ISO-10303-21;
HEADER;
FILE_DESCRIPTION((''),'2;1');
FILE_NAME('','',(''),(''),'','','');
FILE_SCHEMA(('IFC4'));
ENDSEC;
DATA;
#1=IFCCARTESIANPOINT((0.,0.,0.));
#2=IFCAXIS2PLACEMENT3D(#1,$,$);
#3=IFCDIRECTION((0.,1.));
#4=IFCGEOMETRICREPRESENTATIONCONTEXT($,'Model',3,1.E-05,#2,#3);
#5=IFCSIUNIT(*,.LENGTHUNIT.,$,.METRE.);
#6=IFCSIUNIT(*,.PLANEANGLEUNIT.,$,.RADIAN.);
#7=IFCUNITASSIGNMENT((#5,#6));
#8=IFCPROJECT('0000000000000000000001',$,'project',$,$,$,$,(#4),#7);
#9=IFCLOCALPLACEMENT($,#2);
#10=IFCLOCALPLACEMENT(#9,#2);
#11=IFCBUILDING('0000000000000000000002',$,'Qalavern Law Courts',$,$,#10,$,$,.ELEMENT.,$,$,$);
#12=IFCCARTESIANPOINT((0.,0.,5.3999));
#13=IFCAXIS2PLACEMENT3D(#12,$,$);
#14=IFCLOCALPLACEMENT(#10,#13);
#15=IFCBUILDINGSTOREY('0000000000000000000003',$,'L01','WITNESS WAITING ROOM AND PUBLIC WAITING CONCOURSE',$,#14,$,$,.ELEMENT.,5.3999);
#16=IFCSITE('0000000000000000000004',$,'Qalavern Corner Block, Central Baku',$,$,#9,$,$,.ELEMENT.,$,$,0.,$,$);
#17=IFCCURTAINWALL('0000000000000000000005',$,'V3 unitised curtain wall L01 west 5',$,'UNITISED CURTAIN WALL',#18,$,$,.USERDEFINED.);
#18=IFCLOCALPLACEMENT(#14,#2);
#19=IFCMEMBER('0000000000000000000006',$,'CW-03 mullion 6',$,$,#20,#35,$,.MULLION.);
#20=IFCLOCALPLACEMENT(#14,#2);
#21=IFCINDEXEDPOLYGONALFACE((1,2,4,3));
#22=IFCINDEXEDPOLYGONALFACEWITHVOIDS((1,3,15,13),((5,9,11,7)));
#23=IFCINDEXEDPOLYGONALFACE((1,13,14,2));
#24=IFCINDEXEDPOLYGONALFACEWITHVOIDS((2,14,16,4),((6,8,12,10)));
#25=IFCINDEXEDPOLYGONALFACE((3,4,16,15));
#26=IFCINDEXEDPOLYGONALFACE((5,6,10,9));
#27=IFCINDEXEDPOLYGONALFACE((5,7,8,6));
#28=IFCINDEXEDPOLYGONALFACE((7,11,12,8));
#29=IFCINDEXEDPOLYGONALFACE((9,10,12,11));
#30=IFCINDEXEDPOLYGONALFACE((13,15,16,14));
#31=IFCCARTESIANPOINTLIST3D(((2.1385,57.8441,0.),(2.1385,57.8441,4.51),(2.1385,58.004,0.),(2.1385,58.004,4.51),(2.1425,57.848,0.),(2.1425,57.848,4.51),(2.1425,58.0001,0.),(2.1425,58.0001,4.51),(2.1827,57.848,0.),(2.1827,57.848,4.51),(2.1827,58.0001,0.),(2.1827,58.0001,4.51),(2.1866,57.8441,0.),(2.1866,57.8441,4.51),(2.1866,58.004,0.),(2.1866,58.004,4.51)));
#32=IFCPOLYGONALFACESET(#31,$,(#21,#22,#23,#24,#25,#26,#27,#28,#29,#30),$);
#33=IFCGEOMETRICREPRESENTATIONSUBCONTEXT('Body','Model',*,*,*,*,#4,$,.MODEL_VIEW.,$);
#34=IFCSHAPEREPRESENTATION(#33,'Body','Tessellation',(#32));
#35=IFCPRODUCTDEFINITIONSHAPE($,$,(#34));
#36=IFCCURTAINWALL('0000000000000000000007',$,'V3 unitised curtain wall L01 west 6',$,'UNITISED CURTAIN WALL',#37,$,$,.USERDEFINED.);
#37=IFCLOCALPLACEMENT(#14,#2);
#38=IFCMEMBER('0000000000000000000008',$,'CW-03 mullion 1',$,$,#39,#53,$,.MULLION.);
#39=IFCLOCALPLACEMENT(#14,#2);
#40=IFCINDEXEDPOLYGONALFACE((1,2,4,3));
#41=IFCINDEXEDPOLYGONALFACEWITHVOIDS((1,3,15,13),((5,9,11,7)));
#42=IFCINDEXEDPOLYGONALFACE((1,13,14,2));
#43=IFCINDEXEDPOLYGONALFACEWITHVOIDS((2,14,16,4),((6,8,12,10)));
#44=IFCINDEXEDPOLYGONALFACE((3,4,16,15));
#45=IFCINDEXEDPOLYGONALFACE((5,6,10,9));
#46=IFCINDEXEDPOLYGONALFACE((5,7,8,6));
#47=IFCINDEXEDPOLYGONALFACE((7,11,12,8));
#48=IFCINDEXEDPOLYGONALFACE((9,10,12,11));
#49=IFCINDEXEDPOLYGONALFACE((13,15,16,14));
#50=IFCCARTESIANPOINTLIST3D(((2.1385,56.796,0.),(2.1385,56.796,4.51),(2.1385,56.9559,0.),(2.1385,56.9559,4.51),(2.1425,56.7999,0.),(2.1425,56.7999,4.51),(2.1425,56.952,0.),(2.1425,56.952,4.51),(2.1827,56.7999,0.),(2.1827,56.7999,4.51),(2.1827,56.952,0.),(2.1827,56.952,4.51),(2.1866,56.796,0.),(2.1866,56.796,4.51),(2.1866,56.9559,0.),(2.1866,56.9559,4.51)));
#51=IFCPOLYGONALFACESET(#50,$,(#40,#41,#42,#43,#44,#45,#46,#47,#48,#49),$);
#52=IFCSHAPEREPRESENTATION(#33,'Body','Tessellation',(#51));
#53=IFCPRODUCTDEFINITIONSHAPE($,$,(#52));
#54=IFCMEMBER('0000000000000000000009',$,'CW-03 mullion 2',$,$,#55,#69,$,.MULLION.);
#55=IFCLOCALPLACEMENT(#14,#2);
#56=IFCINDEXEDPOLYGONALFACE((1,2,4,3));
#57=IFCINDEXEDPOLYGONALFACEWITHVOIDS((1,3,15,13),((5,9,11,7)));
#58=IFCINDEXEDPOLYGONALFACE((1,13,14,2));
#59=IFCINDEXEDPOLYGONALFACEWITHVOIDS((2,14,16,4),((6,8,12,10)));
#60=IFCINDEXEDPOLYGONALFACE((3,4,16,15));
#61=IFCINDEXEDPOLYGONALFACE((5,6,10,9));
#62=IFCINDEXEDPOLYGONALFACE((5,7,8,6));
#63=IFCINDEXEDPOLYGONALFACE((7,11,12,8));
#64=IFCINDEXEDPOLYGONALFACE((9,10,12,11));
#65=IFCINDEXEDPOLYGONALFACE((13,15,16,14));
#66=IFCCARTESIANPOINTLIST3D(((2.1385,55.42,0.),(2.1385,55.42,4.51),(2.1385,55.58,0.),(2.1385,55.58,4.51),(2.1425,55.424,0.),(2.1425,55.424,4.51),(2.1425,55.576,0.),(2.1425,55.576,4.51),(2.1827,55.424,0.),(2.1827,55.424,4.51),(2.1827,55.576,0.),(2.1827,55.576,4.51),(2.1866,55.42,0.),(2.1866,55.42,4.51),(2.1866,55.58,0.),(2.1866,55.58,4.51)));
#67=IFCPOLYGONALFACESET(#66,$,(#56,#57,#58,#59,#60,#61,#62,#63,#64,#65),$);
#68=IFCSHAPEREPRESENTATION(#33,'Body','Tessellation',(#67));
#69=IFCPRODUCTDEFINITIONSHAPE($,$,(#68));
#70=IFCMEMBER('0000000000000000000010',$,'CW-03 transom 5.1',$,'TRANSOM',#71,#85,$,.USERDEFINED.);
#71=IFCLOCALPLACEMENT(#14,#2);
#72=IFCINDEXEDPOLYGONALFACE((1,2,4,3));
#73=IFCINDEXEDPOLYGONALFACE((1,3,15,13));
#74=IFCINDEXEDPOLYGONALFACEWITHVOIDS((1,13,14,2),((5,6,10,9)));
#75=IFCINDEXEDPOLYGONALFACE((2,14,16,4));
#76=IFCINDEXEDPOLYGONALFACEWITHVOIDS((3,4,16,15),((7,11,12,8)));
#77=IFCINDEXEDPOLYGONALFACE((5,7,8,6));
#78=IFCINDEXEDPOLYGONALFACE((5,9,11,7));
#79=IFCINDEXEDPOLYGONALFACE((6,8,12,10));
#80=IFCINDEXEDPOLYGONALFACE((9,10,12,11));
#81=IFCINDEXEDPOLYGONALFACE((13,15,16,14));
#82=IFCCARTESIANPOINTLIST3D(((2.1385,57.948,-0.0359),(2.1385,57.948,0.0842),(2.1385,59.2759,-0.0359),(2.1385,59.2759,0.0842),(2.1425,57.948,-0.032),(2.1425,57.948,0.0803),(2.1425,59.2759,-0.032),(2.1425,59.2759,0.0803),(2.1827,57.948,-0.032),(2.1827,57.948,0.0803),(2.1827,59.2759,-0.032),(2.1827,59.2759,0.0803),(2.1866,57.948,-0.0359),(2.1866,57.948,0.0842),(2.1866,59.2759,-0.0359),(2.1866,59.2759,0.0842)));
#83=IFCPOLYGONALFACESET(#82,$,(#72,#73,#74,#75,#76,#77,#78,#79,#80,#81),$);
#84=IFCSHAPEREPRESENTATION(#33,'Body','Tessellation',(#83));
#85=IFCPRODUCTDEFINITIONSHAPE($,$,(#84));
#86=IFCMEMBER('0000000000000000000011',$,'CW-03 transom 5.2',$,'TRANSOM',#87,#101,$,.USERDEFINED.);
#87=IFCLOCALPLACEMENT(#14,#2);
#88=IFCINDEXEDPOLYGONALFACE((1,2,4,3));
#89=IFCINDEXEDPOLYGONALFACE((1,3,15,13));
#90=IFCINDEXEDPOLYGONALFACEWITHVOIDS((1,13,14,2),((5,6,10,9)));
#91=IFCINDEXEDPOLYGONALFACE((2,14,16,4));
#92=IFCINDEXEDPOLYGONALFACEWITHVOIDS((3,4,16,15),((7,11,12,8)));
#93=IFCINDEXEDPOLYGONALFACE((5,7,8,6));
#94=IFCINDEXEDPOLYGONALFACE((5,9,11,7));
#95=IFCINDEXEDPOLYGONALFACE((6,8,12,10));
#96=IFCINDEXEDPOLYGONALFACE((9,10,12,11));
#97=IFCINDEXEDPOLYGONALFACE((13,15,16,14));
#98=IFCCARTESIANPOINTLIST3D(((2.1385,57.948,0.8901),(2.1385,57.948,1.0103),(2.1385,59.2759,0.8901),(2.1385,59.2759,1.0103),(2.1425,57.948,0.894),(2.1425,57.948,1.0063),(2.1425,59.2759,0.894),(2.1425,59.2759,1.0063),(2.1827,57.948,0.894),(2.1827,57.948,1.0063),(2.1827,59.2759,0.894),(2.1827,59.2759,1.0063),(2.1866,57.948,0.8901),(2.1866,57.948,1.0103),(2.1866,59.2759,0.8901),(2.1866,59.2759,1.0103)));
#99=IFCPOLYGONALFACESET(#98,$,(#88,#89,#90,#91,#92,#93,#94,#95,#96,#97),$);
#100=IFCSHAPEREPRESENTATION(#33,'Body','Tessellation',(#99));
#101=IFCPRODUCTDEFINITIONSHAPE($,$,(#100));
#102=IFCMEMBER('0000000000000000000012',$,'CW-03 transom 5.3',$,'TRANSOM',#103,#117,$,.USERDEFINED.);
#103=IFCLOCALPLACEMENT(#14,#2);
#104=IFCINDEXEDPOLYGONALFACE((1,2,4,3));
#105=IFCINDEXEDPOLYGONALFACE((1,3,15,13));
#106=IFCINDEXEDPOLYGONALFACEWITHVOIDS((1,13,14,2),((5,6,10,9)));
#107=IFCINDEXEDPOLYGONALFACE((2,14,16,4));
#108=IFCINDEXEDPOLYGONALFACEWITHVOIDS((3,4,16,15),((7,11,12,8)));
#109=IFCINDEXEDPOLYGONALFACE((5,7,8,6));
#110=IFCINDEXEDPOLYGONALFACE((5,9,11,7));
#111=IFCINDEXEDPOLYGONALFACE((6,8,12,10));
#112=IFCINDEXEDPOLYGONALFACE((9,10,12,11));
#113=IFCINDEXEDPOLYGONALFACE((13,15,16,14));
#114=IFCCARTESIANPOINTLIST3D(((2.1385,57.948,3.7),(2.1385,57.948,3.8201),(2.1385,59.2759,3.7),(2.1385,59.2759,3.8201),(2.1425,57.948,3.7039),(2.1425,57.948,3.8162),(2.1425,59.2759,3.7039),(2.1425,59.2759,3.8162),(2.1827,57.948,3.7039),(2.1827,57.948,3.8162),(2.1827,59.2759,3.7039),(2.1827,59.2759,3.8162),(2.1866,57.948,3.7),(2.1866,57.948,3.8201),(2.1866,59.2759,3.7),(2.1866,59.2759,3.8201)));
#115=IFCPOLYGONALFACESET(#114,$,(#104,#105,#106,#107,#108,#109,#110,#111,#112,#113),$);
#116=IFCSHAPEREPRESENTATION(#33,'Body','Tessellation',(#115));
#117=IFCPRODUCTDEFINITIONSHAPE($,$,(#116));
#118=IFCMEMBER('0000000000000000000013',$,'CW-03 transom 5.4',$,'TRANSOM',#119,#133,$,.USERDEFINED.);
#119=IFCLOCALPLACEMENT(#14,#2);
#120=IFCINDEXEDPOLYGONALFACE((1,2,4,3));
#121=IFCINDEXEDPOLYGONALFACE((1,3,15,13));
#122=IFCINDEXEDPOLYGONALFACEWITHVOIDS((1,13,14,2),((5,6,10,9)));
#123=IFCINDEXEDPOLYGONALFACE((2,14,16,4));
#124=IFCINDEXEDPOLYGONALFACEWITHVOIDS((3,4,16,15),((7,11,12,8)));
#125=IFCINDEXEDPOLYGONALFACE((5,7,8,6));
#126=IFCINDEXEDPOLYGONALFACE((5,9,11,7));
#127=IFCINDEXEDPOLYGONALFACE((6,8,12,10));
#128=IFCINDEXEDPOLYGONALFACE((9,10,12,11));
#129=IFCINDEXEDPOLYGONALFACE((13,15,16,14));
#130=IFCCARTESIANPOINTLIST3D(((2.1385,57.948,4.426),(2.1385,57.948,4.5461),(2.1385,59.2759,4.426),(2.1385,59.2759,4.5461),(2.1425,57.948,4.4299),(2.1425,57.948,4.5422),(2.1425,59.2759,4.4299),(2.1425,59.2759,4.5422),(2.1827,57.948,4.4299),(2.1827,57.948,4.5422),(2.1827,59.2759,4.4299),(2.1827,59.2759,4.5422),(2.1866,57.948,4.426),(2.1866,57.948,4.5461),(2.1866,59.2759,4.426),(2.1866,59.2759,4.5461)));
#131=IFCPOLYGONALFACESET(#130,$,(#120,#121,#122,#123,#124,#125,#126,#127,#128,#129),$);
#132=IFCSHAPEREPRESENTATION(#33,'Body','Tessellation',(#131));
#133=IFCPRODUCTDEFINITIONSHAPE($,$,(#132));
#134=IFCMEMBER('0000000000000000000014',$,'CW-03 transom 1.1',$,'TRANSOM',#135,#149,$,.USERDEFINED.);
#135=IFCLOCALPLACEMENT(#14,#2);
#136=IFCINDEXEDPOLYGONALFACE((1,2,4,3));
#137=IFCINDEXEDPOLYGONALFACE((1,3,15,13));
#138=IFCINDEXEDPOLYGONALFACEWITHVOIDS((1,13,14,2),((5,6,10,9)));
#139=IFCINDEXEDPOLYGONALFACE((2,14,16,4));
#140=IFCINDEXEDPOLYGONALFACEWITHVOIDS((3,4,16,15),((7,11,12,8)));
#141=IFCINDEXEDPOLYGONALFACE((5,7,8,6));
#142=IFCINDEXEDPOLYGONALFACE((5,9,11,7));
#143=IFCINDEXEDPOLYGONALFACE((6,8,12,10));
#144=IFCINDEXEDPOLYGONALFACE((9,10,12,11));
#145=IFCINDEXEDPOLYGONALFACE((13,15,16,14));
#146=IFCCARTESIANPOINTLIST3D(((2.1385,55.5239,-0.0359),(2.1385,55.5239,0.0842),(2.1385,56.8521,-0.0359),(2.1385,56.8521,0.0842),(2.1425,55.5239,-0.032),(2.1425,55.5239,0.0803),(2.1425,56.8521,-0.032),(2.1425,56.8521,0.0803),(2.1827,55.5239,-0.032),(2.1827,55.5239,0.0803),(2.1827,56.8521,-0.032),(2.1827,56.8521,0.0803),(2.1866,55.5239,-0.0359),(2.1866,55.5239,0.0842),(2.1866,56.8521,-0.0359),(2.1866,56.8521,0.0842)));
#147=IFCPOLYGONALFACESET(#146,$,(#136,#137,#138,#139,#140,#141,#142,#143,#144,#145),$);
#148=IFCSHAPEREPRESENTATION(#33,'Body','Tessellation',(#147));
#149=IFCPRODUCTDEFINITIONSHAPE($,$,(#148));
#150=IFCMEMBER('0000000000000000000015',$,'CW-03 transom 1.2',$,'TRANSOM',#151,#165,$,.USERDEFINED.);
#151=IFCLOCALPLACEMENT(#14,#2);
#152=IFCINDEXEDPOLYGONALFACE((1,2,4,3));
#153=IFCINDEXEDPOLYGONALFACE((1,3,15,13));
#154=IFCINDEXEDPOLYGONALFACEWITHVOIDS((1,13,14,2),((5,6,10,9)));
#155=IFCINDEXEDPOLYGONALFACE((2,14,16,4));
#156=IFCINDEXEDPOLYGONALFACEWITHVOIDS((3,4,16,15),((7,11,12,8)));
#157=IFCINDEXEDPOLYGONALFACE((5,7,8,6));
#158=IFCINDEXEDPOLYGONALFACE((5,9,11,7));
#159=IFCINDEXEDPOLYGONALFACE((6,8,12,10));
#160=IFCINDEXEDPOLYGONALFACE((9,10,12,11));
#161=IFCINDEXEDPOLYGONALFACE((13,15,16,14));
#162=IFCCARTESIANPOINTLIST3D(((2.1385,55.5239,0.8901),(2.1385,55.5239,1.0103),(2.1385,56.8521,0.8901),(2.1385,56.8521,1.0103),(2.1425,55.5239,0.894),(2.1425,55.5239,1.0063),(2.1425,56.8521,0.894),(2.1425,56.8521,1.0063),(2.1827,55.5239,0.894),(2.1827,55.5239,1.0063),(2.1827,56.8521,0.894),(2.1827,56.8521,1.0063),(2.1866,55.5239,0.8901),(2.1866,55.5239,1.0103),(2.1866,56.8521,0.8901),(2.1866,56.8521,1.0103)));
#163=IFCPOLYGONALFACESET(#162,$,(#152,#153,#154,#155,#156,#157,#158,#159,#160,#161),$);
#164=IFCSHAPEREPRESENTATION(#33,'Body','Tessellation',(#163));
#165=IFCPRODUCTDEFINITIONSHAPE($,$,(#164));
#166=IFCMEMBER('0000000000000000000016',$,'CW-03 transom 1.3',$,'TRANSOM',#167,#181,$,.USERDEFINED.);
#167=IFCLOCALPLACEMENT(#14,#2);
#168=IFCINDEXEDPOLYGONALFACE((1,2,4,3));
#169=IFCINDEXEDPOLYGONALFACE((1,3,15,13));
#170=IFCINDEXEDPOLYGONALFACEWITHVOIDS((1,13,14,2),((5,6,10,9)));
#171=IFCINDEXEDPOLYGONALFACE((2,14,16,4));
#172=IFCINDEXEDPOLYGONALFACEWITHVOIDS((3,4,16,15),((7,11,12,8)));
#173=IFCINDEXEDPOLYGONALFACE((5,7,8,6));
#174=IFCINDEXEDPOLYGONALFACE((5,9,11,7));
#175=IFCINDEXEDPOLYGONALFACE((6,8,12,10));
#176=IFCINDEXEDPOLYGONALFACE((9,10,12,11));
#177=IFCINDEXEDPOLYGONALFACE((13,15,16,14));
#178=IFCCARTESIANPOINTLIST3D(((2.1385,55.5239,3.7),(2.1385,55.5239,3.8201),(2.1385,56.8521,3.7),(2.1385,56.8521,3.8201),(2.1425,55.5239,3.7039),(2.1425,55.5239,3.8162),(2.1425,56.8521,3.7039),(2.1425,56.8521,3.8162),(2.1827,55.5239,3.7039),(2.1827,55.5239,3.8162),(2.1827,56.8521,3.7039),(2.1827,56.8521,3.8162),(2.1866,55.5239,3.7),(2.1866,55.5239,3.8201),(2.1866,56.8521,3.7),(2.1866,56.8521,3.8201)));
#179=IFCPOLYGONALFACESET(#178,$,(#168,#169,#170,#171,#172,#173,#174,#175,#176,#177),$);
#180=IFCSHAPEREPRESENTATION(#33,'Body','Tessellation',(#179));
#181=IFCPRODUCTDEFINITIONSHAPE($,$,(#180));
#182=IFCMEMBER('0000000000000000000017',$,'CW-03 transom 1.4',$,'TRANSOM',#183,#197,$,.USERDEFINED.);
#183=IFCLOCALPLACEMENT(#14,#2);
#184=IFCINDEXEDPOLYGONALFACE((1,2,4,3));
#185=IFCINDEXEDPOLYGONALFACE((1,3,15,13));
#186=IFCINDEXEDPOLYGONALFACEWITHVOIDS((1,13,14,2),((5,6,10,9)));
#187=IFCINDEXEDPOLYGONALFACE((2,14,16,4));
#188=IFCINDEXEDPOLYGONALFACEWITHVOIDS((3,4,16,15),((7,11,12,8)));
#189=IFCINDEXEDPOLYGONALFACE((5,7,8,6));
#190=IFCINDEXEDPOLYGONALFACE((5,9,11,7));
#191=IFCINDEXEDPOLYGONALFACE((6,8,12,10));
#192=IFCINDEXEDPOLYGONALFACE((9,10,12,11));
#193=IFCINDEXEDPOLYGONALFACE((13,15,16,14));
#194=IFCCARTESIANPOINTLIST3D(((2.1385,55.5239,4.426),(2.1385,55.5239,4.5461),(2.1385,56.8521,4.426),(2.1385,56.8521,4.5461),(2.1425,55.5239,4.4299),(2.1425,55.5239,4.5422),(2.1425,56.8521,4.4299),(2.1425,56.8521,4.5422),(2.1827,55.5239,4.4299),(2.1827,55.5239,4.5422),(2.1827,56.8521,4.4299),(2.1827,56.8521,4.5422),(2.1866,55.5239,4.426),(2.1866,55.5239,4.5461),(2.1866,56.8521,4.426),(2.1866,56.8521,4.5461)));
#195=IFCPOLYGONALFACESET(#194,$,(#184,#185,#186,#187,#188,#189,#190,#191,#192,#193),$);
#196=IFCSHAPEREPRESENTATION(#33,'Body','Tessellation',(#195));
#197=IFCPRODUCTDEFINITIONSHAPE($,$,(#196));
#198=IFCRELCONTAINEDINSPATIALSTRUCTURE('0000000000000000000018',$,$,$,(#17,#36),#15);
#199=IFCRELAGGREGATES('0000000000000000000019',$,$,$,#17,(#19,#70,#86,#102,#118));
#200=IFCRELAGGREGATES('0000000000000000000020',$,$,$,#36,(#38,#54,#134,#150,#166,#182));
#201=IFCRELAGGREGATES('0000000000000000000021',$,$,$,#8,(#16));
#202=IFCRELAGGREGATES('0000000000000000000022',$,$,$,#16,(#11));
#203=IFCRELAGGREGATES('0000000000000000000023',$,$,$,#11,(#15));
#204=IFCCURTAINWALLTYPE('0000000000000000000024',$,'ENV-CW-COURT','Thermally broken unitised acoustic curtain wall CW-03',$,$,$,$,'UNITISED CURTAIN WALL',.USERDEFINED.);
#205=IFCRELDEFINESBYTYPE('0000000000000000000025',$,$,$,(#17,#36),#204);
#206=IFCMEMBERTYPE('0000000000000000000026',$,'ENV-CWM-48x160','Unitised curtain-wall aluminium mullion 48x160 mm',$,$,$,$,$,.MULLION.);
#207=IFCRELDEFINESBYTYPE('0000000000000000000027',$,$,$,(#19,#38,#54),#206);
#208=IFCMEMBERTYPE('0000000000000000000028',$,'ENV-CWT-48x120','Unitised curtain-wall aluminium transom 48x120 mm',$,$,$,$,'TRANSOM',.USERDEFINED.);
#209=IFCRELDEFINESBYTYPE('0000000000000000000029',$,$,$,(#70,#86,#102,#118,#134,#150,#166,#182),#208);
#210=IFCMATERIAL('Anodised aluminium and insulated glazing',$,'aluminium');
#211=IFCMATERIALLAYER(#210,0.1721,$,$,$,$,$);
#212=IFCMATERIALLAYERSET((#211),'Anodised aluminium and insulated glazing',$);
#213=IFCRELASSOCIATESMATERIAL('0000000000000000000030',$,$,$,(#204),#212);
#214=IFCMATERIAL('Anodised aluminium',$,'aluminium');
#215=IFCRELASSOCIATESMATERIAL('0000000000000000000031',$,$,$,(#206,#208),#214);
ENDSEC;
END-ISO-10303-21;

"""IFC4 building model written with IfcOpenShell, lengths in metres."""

from ifc_helpers import new_model, si_unit, direction, frame, origin, origin_2d, place, context, subcontext, project, spatial, hollow_rectangle, extrude, material, layer, layer_set, material_profile, profile_set, type_object, element, aggregate, save


model = new_model("IFC4")

# Units and contexts
model_context = context("Model", 3, precision=1e-05, world=origin(), true_north=direction((0.0, 1.0)))
body_context = subcontext(model_context, "Body", "Model", "MODEL_VIEW")
ifc_project = project(units=[si_unit("LENGTHUNIT", "METRE"), si_unit("PLANEANGLEUNIT", "RADIAN")], contexts=[model_context])

# Site, building, storey
site_placement = place(None, origin())
site = spatial("IfcSite", under=ifc_project, at=site_placement, Name="Qalavern Corner Block, Central Baku", CompositionType="ELEMENT", RefElevation=0.0)
building_placement = place(site_placement, origin())
building = spatial("IfcBuilding", under=site, at=building_placement, Name="Qalavern Law Courts", CompositionType="ELEMENT")
storey_placement = place(building_placement, frame((0.0, 0.0, 5.3999)))
storey = spatial("IfcBuildingStorey", under=building, at=storey_placement, Name="L01", Description="WITNESS WAITING ROOM AND PUBLIC WAITING CONCOURSE", CompositionType="ELEMENT", Elevation=5.3999)

# Curtain wall, member
ifc_material_1 = material(Name="Anodised aluminium and insulated glazing", Category="aluminium")
ifc_layer_1 = layer(ifc_material_1, 0.1721)
ifc_layer_set_1 = layer_set([ifc_layer_1], Name="Anodised aluminium and insulated glazing")
curtain_wall_type = type_object("IfcCurtainWallType", Name="ENV-CW-COURT", Description="Thermally broken unitised acoustic curtain wall CW-03", ElementType="UNITISED CURTAIN WALL", PredefinedType="USERDEFINED", material=ifc_layer_set_1)
curtain_wall_1_placement = place(storey_placement, origin())
curtain_wall_1 = element("IfcCurtainWall", 1, at=curtain_wall_1_placement, inside=storey, type_object=curtain_wall_type, Name="V3 unitised curtain wall L01 west 5", ObjectType="UNITISED CURTAIN WALL", PredefinedType="USERDEFINED")
ifc_material_2 = material(Name="Anodised aluminium", Category="aluminium")
ifc_material_profile_1 = material_profile(ifc_material_2, hollow_rectangle(XDim=0.0481, YDim=0.1599, WallThickness=0.0039, at=origin_2d()), Name="ALU MULLION 48x160")
ifc_profile_set_1 = profile_set([ifc_material_profile_1], Name="Anodised aluminium")
member_type_1 = type_object("IfcMemberType", Name="ENV-CWM-48x160", Description="Unitised curtain-wall aluminium mullion 48x160 mm", PredefinedType="MULLION", material=ifc_profile_set_1)
member_1_placement = place(storey_placement, frame((2.1626, 57.9241, 0.0), z_axis=(0.0, 0.0, 1.0), x_axis=(1.0, 0.0, 0.0)))
member_1 = element("IfcMember", 2, at=member_1_placement, type_object=member_type_1, Name="CW-03 mullion 6", PredefinedType="MULLION", context=body_context, shape_type="SweptSolid", body=[
    extrude(hollow_rectangle(XDim=0.0481, YDim=0.1599, WallThickness=0.0039, at=origin_2d()), origin(), (0.0, 0.0, 1.0), 4.51),
])

# Curtain wall, members
curtain_wall_2_placement = place(storey_placement, origin())
curtain_wall_2 = element("IfcCurtainWall", 3, at=curtain_wall_2_placement, inside=storey, type_object=curtain_wall_type, Name="V3 unitised curtain wall L01 west 6", ObjectType="UNITISED CURTAIN WALL", PredefinedType="USERDEFINED")
member_2_placement = place(storey_placement, frame((2.1626, 56.876, 0.0), z_axis=(0.0, 0.0, 1.0), x_axis=(1.0, 0.0, 0.0)))
member_2 = element("IfcMember", 4, at=member_2_placement, type_object=member_type_1, Name="CW-03 mullion 1", PredefinedType="MULLION", context=body_context, shape_type="SweptSolid", body=[
    extrude(hollow_rectangle(XDim=0.0481, YDim=0.1599, WallThickness=0.0039, at=origin_2d()), origin(), (0.0, 0.0, 1.0), 4.51),
])
member_3_placement = place(storey_placement, frame((2.1626, 55.5, 0.0), z_axis=(0.0, 0.0, 1.0), x_axis=(1.0, 0.0, 0.0)))
member_3 = element("IfcMember", 5, at=member_3_placement, type_object=member_type_1, Name="CW-03 mullion 2", PredefinedType="MULLION", context=body_context, shape_type="SweptSolid", body=[
    extrude(hollow_rectangle(XDim=0.0481, YDim=0.1599, WallThickness=0.0039, at=origin_2d()), origin(), (0.0, 0.0, 1.0), 4.51),
])

# Members
ifc_material_profile_2 = material_profile(ifc_material_2, hollow_rectangle(XDim=0.0481, YDim=0.1201, WallThickness=0.0039, at=origin_2d()), Name="ALU TRANSOM 48x120")
ifc_profile_set_2 = profile_set([ifc_material_profile_2], Name="Anodised aluminium")
member_type_2 = type_object("IfcMemberType", Name="ENV-CWT-48x120", Description="Unitised curtain-wall aluminium transom 48x120 mm", ElementType="TRANSOM", PredefinedType="USERDEFINED", material=ifc_profile_set_2)
member_4_placement = place(storey_placement, frame((2.1626, 59.2759, 0.0242), z_axis=(0.0, -1.0, 0.0), x_axis=(1.0, 0.0, 0.0)))
member_4 = element("IfcMember", 6, at=member_4_placement, type_object=member_type_2, Name="CW-03 transom 5.1", ObjectType="TRANSOM", PredefinedType="USERDEFINED", context=body_context, shape_type="SweptSolid", body=[
    extrude(hollow_rectangle(XDim=0.0481, YDim=0.1201, WallThickness=0.0039, at=origin_2d()), origin(), (0.0, 0.0, 1.0), 1.3279),
])
member_5_placement = place(storey_placement, frame((2.1626, 59.2759, 0.9502), z_axis=(0.0, -1.0, 0.0), x_axis=(1.0, 0.0, 0.0)))
member_5 = element("IfcMember", 7, at=member_5_placement, type_object=member_type_2, Name="CW-03 transom 5.2", ObjectType="TRANSOM", PredefinedType="USERDEFINED", context=body_context, shape_type="SweptSolid", body=[
    extrude(hollow_rectangle(XDim=0.0481, YDim=0.1201, WallThickness=0.0039, at=origin_2d()), origin(), (0.0, 0.0, 1.0), 1.3279),
])
member_6_placement = place(storey_placement, frame((2.1626, 59.2759, 3.76), z_axis=(0.0, -1.0, 0.0), x_axis=(1.0, 0.0, 0.0)))
member_6 = element("IfcMember", 8, at=member_6_placement, type_object=member_type_2, Name="CW-03 transom 5.3", ObjectType="TRANSOM", PredefinedType="USERDEFINED", context=body_context, shape_type="SweptSolid", body=[
    extrude(hollow_rectangle(XDim=0.0481, YDim=0.1201, WallThickness=0.0039, at=origin_2d()), origin(), (0.0, 0.0, 1.0), 1.3279),
])
member_7_placement = place(storey_placement, frame((2.1626, 59.2759, 4.4861), z_axis=(0.0, -1.0, 0.0), x_axis=(1.0, 0.0, 0.0)))
member_7 = element("IfcMember", 9, at=member_7_placement, type_object=member_type_2, Name="CW-03 transom 5.4", ObjectType="TRANSOM", PredefinedType="USERDEFINED", context=body_context, shape_type="SweptSolid", body=[
    extrude(hollow_rectangle(XDim=0.0481, YDim=0.1201, WallThickness=0.0039, at=origin_2d()), origin(), (0.0, 0.0, 1.0), 1.3279),
])
member_8_placement = place(storey_placement, frame((2.1626, 56.8521, 0.0242), z_axis=(0.0, -1.0, 0.0), x_axis=(1.0, 0.0, 0.0)))
member_8 = element("IfcMember", 10, at=member_8_placement, type_object=member_type_2, Name="CW-03 transom 1.1", ObjectType="TRANSOM", PredefinedType="USERDEFINED", context=body_context, shape_type="SweptSolid", body=[
    extrude(hollow_rectangle(XDim=0.0481, YDim=0.1201, WallThickness=0.0039, at=origin_2d()), origin(), (0.0, 0.0, 1.0), 1.3281),
])
member_9_placement = place(storey_placement, frame((2.1626, 56.8521, 0.9502), z_axis=(0.0, -1.0, 0.0), x_axis=(1.0, 0.0, 0.0)))
member_9 = element("IfcMember", 11, at=member_9_placement, type_object=member_type_2, Name="CW-03 transom 1.2", ObjectType="TRANSOM", PredefinedType="USERDEFINED", context=body_context, shape_type="SweptSolid", body=[
    extrude(hollow_rectangle(XDim=0.0481, YDim=0.1201, WallThickness=0.0039, at=origin_2d()), origin(), (0.0, 0.0, 1.0), 1.3281),
])
member_10_placement = place(storey_placement, frame((2.1626, 56.8521, 3.76), z_axis=(0.0, -1.0, 0.0), x_axis=(1.0, 0.0, 0.0)))
member_10 = element("IfcMember", 12, at=member_10_placement, type_object=member_type_2, Name="CW-03 transom 1.3", ObjectType="TRANSOM", PredefinedType="USERDEFINED", context=body_context, shape_type="SweptSolid", body=[
    extrude(hollow_rectangle(XDim=0.0481, YDim=0.1201, WallThickness=0.0039, at=origin_2d()), origin(), (0.0, 0.0, 1.0), 1.3281),
])
member_11_placement = place(storey_placement, frame((2.1626, 56.8521, 4.4861), z_axis=(0.0, -1.0, 0.0), x_axis=(1.0, 0.0, 0.0)))
member_11 = element("IfcMember", 13, at=member_11_placement, type_object=member_type_2, Name="CW-03 transom 1.4", ObjectType="TRANSOM", PredefinedType="USERDEFINED", context=body_context, shape_type="SweptSolid", body=[
    extrude(hollow_rectangle(XDim=0.0481, YDim=0.1201, WallThickness=0.0039, at=origin_2d()), origin(), (0.0, 0.0, 1.0), 1.3281),
])

aggregate(curtain_wall_1, [member_1, member_4, member_5, member_6, member_7])
aggregate(curtain_wall_2, [member_2, member_3, member_8, member_9, member_10, member_11])

save(model, "model.ifc")
